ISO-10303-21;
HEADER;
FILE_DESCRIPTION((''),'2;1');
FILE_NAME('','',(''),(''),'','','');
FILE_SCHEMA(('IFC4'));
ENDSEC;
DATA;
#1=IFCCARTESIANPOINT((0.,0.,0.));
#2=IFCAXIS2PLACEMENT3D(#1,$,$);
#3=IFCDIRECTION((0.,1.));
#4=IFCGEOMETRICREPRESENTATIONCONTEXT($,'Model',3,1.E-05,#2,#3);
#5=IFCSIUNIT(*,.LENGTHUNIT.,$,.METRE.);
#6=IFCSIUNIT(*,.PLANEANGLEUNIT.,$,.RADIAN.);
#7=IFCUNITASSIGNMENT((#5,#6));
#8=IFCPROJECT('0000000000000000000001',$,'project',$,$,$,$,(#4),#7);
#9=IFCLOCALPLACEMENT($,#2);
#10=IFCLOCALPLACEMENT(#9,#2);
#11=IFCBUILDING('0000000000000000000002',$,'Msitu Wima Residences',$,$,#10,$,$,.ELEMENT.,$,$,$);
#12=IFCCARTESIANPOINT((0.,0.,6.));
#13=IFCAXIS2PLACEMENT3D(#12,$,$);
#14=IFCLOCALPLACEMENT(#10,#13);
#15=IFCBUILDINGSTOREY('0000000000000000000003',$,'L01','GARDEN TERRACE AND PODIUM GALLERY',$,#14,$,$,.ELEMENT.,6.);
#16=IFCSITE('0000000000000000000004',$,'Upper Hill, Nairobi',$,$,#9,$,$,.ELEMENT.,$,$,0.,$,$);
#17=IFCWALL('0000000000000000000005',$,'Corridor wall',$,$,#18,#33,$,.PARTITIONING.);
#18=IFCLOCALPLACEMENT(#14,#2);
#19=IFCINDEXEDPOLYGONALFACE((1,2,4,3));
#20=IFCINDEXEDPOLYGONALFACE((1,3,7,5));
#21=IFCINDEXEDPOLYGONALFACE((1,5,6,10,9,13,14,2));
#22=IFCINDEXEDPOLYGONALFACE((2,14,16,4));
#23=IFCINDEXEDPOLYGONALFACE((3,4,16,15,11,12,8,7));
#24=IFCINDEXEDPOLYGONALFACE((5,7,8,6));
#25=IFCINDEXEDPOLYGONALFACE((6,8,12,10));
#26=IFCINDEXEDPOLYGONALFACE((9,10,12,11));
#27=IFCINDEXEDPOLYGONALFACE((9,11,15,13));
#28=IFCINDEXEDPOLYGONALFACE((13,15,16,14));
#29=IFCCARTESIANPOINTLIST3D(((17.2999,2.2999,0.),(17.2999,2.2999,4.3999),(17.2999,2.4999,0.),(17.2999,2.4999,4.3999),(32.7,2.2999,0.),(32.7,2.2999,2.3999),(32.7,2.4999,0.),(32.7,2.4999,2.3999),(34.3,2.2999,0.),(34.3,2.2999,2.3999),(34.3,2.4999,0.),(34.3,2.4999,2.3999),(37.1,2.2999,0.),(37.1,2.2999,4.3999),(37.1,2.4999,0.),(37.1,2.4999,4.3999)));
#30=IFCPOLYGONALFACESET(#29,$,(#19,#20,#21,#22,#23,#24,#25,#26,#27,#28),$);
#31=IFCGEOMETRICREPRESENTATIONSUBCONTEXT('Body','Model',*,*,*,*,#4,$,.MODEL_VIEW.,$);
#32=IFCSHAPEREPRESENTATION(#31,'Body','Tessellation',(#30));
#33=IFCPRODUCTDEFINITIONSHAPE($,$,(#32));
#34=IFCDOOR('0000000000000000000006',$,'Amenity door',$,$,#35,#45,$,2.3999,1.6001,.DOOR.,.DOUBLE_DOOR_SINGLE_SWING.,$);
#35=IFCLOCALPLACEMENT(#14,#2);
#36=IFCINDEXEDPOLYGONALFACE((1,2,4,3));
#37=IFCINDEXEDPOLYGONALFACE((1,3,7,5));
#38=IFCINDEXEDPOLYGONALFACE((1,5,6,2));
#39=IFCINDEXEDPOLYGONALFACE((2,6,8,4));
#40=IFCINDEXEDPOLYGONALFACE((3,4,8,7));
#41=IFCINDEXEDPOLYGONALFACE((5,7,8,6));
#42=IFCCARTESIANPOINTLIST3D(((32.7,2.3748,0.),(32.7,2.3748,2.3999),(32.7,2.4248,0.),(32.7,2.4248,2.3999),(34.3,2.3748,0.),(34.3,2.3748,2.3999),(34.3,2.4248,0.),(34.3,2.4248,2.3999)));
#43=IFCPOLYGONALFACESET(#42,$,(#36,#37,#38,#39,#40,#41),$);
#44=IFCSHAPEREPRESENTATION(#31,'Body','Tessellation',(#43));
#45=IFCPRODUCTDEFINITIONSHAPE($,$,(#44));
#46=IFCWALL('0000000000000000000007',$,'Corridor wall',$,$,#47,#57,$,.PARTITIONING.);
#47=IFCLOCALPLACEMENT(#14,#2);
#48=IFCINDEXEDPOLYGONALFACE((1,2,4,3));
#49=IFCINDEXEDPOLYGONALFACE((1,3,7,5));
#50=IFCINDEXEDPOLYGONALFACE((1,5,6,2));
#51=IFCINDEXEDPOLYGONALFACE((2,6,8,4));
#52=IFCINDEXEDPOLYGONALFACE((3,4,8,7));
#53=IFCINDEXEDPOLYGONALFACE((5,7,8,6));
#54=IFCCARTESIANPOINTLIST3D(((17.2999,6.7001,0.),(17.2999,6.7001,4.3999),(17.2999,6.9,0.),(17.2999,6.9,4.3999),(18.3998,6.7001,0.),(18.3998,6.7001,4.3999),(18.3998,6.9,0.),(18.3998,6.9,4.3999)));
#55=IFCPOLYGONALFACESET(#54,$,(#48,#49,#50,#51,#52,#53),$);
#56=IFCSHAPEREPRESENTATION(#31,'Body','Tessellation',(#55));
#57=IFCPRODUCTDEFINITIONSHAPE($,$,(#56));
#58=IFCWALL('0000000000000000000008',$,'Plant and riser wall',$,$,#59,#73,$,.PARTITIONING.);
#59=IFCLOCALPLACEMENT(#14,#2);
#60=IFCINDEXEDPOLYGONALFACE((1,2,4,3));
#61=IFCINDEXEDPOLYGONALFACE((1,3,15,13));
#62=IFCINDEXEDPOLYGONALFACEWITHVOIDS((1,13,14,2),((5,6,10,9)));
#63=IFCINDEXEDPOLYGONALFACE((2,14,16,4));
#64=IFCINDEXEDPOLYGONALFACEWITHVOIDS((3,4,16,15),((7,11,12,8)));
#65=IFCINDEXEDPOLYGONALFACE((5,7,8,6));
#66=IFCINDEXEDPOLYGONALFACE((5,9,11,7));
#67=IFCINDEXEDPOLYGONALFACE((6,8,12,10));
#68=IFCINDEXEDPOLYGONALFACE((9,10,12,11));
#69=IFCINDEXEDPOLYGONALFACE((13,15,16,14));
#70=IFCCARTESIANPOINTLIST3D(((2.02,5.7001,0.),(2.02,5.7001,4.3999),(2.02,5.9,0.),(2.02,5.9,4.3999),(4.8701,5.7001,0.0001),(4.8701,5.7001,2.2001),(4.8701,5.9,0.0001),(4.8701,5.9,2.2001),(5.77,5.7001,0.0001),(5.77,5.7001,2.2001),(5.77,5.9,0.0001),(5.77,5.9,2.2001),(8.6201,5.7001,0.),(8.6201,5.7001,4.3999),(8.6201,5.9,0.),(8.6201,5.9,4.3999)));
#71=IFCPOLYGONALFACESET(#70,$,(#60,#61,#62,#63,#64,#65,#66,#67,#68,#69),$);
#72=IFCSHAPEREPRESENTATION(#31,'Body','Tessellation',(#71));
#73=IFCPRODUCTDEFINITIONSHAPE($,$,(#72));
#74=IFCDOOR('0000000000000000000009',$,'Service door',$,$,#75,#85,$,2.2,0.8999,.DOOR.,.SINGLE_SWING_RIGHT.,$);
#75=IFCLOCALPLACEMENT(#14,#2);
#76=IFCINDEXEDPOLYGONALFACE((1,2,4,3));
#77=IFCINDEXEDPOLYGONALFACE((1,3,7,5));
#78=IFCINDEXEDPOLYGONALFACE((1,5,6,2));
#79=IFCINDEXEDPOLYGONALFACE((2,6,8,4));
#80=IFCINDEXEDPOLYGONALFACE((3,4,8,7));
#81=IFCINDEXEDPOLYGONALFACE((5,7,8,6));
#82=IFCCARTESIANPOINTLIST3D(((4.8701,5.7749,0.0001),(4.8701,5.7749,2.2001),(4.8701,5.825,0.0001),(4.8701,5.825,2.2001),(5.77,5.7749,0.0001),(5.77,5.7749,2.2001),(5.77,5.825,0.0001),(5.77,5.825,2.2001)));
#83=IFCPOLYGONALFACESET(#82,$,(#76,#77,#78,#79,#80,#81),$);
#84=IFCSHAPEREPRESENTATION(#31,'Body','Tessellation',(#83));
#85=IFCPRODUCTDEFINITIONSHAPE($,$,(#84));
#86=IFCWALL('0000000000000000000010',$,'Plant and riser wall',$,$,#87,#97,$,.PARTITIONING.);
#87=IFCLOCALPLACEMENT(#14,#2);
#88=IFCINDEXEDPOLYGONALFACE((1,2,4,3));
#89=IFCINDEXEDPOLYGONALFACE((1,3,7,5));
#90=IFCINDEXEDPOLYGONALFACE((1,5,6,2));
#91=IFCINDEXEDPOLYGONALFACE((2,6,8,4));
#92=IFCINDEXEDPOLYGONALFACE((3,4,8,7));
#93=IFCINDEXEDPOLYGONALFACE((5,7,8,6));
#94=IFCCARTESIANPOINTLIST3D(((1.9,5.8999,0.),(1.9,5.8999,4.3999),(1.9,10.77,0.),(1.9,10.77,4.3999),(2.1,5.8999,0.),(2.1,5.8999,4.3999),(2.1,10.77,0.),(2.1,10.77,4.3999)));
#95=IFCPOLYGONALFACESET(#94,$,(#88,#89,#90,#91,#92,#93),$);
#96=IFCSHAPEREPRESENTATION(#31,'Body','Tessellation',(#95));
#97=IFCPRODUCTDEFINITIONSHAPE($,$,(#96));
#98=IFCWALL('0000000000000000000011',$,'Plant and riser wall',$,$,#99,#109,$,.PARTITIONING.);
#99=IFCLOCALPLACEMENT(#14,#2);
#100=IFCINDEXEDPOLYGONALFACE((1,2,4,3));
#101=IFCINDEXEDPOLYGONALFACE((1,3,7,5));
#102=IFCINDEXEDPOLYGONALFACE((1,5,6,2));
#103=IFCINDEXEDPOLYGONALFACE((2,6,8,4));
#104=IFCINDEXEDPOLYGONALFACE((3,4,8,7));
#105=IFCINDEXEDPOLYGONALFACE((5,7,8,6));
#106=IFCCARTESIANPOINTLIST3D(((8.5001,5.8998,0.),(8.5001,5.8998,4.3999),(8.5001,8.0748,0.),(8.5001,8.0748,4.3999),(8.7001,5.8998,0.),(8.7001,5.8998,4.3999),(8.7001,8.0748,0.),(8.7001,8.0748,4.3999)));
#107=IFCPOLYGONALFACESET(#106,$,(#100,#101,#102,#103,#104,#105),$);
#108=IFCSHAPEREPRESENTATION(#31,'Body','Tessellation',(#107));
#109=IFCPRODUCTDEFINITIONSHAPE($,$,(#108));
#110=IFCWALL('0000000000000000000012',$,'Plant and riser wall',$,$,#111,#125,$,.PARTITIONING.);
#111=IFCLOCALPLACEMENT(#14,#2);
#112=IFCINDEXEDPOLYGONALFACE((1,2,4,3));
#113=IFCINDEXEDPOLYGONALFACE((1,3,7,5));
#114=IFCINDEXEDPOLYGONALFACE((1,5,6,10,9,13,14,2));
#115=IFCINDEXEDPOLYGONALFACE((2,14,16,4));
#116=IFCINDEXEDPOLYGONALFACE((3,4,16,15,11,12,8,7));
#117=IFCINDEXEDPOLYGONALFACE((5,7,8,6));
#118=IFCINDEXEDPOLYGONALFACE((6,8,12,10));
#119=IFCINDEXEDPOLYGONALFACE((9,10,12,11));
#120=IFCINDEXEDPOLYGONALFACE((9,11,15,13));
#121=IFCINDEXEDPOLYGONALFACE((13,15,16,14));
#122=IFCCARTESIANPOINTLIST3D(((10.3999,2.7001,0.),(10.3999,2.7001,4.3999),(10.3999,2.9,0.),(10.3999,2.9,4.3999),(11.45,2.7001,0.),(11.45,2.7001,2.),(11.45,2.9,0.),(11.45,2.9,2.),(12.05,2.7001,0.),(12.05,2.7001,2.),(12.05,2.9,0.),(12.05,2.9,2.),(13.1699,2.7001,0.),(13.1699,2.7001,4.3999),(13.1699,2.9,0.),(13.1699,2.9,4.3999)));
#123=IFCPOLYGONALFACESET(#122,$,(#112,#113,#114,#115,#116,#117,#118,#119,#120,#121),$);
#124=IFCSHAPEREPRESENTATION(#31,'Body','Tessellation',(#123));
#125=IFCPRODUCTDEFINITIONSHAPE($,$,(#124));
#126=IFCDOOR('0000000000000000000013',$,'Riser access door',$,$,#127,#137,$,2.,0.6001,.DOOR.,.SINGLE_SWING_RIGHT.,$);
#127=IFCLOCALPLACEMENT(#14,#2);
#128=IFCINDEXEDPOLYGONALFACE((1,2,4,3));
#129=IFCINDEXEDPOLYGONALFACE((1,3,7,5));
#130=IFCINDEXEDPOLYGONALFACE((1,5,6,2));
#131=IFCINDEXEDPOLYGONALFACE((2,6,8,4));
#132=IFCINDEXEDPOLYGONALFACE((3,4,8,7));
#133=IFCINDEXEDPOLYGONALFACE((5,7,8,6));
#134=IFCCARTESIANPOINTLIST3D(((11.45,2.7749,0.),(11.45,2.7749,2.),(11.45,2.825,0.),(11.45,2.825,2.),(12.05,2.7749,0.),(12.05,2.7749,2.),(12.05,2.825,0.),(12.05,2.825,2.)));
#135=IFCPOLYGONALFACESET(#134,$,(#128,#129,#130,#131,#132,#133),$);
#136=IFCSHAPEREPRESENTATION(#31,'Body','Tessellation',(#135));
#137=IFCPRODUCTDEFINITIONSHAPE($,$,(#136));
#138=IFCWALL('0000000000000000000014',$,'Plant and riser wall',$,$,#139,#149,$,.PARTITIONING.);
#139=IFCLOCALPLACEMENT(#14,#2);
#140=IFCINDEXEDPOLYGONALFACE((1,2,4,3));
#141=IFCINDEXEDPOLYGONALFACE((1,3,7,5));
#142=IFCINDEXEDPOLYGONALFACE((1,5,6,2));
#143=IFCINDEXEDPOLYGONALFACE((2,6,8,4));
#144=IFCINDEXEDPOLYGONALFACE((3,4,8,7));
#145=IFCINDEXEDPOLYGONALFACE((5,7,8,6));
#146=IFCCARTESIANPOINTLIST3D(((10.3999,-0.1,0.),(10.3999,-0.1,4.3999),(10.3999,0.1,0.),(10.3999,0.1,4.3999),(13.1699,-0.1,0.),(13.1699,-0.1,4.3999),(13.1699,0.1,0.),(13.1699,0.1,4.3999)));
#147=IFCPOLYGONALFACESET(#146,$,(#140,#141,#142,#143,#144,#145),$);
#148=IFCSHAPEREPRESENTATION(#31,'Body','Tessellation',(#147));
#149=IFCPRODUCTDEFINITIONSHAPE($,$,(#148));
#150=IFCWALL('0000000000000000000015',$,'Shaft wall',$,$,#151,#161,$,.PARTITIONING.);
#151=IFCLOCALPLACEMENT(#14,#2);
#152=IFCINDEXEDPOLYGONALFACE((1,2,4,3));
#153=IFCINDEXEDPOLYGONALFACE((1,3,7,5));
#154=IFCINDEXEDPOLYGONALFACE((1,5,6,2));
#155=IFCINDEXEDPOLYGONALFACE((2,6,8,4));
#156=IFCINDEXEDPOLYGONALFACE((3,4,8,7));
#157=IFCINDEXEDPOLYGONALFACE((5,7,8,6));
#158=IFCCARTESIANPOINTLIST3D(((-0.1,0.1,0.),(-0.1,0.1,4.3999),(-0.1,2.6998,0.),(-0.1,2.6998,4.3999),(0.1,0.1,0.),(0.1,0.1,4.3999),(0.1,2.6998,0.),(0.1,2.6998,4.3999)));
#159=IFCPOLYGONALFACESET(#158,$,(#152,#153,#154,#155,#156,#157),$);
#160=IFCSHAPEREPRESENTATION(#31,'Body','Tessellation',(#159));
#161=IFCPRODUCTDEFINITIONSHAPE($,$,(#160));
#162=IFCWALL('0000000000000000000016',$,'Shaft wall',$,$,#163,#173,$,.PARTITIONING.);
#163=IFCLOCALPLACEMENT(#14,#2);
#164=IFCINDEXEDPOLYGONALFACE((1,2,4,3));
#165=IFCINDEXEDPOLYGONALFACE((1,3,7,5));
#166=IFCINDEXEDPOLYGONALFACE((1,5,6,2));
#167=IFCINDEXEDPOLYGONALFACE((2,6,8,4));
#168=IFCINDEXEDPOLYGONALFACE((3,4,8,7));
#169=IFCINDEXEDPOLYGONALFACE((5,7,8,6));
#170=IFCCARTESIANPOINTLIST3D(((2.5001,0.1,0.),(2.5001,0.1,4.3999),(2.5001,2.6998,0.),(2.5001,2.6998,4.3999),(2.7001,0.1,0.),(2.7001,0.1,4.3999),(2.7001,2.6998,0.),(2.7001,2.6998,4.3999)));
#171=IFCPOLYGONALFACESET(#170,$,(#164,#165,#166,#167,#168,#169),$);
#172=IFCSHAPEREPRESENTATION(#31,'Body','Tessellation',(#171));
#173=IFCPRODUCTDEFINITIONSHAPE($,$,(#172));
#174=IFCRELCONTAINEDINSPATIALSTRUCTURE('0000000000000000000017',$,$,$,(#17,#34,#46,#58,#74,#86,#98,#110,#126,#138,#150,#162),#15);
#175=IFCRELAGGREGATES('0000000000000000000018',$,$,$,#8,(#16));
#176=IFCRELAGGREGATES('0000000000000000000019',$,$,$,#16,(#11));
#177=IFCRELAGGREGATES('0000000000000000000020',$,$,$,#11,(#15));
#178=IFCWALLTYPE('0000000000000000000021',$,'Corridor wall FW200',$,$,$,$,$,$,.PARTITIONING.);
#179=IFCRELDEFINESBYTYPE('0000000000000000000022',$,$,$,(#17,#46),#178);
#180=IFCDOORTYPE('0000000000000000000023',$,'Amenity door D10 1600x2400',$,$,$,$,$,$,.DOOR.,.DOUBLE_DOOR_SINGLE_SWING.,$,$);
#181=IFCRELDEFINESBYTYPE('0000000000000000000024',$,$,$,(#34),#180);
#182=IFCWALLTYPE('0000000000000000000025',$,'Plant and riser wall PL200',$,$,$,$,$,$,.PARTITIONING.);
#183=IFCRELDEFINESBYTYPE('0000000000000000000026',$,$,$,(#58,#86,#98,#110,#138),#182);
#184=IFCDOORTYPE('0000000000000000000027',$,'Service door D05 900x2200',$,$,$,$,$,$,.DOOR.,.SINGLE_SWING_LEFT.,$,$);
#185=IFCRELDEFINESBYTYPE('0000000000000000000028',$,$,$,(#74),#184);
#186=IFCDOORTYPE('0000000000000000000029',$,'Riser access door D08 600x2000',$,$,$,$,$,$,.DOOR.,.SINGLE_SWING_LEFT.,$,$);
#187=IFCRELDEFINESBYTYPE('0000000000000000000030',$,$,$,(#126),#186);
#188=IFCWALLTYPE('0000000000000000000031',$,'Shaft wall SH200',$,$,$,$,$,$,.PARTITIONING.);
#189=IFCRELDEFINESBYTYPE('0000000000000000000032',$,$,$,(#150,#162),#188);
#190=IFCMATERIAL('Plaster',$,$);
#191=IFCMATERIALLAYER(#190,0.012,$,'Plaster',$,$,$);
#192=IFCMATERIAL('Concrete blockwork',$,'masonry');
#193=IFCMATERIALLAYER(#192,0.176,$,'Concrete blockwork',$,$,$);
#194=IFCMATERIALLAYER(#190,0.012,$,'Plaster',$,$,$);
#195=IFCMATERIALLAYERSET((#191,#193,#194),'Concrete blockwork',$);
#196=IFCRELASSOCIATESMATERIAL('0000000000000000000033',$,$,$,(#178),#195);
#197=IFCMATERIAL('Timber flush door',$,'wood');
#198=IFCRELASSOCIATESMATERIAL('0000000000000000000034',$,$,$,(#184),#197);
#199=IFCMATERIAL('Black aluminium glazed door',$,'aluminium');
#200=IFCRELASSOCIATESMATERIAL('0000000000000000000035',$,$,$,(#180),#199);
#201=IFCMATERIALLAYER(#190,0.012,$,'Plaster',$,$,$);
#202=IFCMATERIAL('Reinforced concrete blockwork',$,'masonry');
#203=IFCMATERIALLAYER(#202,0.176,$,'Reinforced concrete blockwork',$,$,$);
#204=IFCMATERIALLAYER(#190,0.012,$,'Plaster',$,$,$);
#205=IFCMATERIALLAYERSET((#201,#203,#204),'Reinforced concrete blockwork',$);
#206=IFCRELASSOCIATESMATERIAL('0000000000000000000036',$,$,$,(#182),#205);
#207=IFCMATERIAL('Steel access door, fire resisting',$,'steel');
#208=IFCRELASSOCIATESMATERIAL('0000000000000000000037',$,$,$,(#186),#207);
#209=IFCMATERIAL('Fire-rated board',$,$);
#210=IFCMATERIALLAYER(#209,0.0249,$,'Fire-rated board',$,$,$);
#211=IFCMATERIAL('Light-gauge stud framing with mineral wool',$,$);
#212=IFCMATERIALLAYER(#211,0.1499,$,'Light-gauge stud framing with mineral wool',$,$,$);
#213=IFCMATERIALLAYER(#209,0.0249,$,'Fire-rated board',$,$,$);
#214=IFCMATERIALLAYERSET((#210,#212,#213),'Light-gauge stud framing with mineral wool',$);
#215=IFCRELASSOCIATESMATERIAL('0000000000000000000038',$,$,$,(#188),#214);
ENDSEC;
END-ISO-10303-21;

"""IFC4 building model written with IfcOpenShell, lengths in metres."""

from ifc_helpers import new_model, si_unit, direction, frame, frame_2d, origin, place, context, subcontext, project, spatial, rectangle, extrude, material, layer, layer_set, type_object, element, fill, save


model = new_model("IFC4")

# Units and contexts
model_context = context("Model", 3, precision=1e-05, world=origin(), true_north=direction((0.0, 1.0)))
body_context = subcontext(model_context, "Body", "Model", "MODEL_VIEW")
ifc_project = project(units=[si_unit("LENGTHUNIT", "METRE"), si_unit("PLANEANGLEUNIT", "RADIAN")], contexts=[model_context])

# Site, building, storey
site_placement = place(None, origin())
site = spatial("IfcSite", under=ifc_project, at=site_placement, Name="Upper Hill, Nairobi", CompositionType="ELEMENT", RefElevation=0.0)
building_placement = place(site_placement, origin())
building = spatial("IfcBuilding", under=site, at=building_placement, Name="Msitu Wima Residences", CompositionType="ELEMENT")
storey_placement = place(building_placement, frame((0.0, 0.0, 6.0)))
storey = spatial("IfcBuildingStorey", under=building, at=storey_placement, Name="L01", Description="GARDEN TERRACE AND PODIUM GALLERY", CompositionType="ELEMENT", Elevation=6.0)

# Wall, opening, door
ifc_material_1 = material(Name="Plaster")
ifc_layer_1 = layer(ifc_material_1, 0.012, Name="Plaster")
ifc_material_2 = material(Name="Concrete blockwork", Category="masonry")
ifc_layer_2 = layer(ifc_material_2, 0.176, Name="Concrete blockwork")
ifc_layer_3 = layer(ifc_material_1, 0.012, Name="Plaster")
ifc_layer_set_1 = layer_set([ifc_layer_1, ifc_layer_2, ifc_layer_3], Name="Concrete blockwork")
wall_type_1 = type_object("IfcWallType", Name="Corridor wall FW200", PredefinedType="PARTITIONING", material=ifc_layer_set_1)
ifc_material_3 = material(Name="Timber flush door", Category="wood")
door_type_1 = type_object("IfcDoorType", Name="Service door D05 900x2200", OperationType="SINGLE_SWING_LEFT", PredefinedType="DOOR", material=ifc_material_3)
wall_1_placement = place(storey_placement, frame((17.3, 2.3999, 0.0), z_axis=(0.0, 0.0, 1.0), x_axis=(1.0, 0.0, 0.0)))
wall_1 = element("IfcWall", 1, at=wall_1_placement, inside=storey, type_object=wall_type_1, Name="Corridor wall", PredefinedType="PARTITIONING", context=body_context, shape_type="SweptSolid", body=[
    extrude(rectangle(XDim=19.8, YDim=0.2, at=frame_2d((9.8999, 0.0))), origin(), (0.0, 0.0, 1.0), 4.3999),
])
opening_1_placement = place(wall_1_placement, frame((15.3999, 0.0, 0.0)))
opening_1 = element("IfcOpeningElement", 2, at=opening_1_placement, cuts=wall_1, PredefinedType="OPENING", context=body_context, shape_type="SweptSolid", body=[
    extrude(rectangle(XDim=1.6001, YDim=2.3999, at=frame_2d((0.8, 1.2))), frame((0.0, 0.1099, 0.0), z_axis=(0.0, -1.0, 0.0), x_axis=(1.0, 0.0, 0.0)), (0.0, 0.0, 1.0), 0.22),
])
ifc_material_4 = material(Name="Black aluminium glazed door", Category="aluminium")
door_type_2 = type_object("IfcDoorType", Name="Amenity door D10 1600x2400", OperationType="DOUBLE_DOOR_SINGLE_SWING", PredefinedType="DOOR", material=ifc_material_4)
door_1_placement = place(opening_1_placement, origin())
door_1 = element("IfcDoor", 3, at=door_1_placement, inside=storey, type_object=door_type_2, Name="Amenity door", OperationType="DOUBLE_DOOR_SINGLE_SWING", OverallHeight=2.3999, OverallWidth=1.6001, PredefinedType="DOOR", context=body_context, shape_type="SweptSolid", body=[
    extrude(rectangle(XDim=1.6001, YDim=2.3999, at=frame_2d((0.8, 1.2))), frame((0.0, 0.0249, 0.0), z_axis=(0.0, -1.0, 0.0), x_axis=(1.0, 0.0, 0.0)), (0.0, 0.0, 1.0), 0.05),
])
fill(opening_1, door_1)

# Wall
wall_2_placement = place(storey_placement, frame((17.3, 6.8, 0.0), z_axis=(0.0, 0.0, 1.0), x_axis=(1.0, 0.0, 0.0)))
element("IfcWall", 4, at=wall_2_placement, inside=storey, type_object=wall_type_1, Name="Corridor wall", PredefinedType="PARTITIONING", context=body_context, shape_type="SweptSolid", body=[
    extrude(rectangle(XDim=1.0999, YDim=0.2, at=frame_2d((0.5498, 0.0))), origin(), (0.0, 0.0, 1.0), 4.3999),
])

# Wall, opening, door
ifc_layer_4 = layer(ifc_material_1, 0.012, Name="Plaster")
ifc_material_5 = material(Name="Reinforced concrete blockwork", Category="masonry")
ifc_layer_5 = layer(ifc_material_5, 0.176, Name="Reinforced concrete blockwork")
ifc_layer_6 = layer(ifc_material_1, 0.012, Name="Plaster")
ifc_layer_set_2 = layer_set([ifc_layer_4, ifc_layer_5, ifc_layer_6], Name="Reinforced concrete blockwork")
wall_type_2 = type_object("IfcWallType", Name="Plant and riser wall PL200", PredefinedType="PARTITIONING", material=ifc_layer_set_2)
wall_3_placement = place(storey_placement, frame((2.02, 5.8, 0.0), z_axis=(0.0, 0.0, 1.0), x_axis=(1.0, 0.0, 0.0)))
wall_3 = element("IfcWall", 5, at=wall_3_placement, inside=storey, type_object=wall_type_2, Name="Plant and riser wall", PredefinedType="PARTITIONING", context=body_context, shape_type="SweptSolid", body=[
    extrude(rectangle(XDim=6.6001, YDim=0.2, at=frame_2d((3.3, 0.0))), origin(), (0.0, 0.0, 1.0), 4.3999),
])
opening_2_placement = place(wall_3_placement, frame((2.8501, 0.0, 0.0)))
opening_2 = element("IfcOpeningElement", 6, at=opening_2_placement, cuts=wall_3, PredefinedType="OPENING", context=body_context, shape_type="SweptSolid", body=[
    extrude(rectangle(XDim=0.8999, YDim=2.2, at=frame_2d((0.45, 1.1001))), frame((0.0, 0.1099, 0.0), z_axis=(0.0, -1.0, 0.0), x_axis=(1.0, 0.0, 0.0)), (0.0, 0.0, 1.0), 0.22),
])
door_2_placement = place(opening_2_placement, origin())
door_2 = element("IfcDoor", 7, at=door_2_placement, inside=storey, type_object=door_type_1, Name="Service door", OperationType="SINGLE_SWING_RIGHT", OverallHeight=2.2, OverallWidth=0.8999, PredefinedType="DOOR", context=body_context, shape_type="SweptSolid", body=[
    extrude(rectangle(XDim=0.8999, YDim=2.2, at=frame_2d((0.45, 1.1001))), frame((0.0, 0.0249, 0.0), z_axis=(0.0, -1.0, 0.0), x_axis=(1.0, 0.0, 0.0)), (0.0, 0.0, 1.0), 0.05),
])
fill(opening_2, door_2)

# Walls
wall_4_placement = place(storey_placement, frame((2.0, 5.8999, 0.0), z_axis=(0.0, 0.0, 1.0), x_axis=(0.0, 1.0, 0.0)))
element("IfcWall", 8, at=wall_4_placement, inside=storey, type_object=wall_type_2, Name="Plant and riser wall", PredefinedType="PARTITIONING", context=body_context, shape_type="SweptSolid", body=[
    extrude(rectangle(XDim=4.8701, YDim=0.2, at=frame_2d((2.4351, 0.0))), origin(), (0.0, 0.0, 1.0), 4.3999),
])
wall_5_placement = place(storey_placement, frame((8.6001, 5.8999, 0.0), z_axis=(0.0, 0.0, 1.0), x_axis=(0.0, 1.0, 0.0)))
element("IfcWall", 9, at=wall_5_placement, inside=storey, type_object=wall_type_2, Name="Plant and riser wall", PredefinedType="PARTITIONING", context=body_context, shape_type="SweptSolid", body=[
    extrude(rectangle(XDim=2.175, YDim=0.2, at=frame_2d((1.0874, 0.0))), origin(), (0.0, 0.0, 1.0), 4.3999),
])

# Wall, opening, door
wall_6_placement = place(storey_placement, frame((10.3999, 2.8, 0.0), z_axis=(0.0, 0.0, 1.0), x_axis=(1.0, 0.0, 0.0)))
wall_6 = element("IfcWall", 10, at=wall_6_placement, inside=storey, type_object=wall_type_2, Name="Plant and riser wall", PredefinedType="PARTITIONING", context=body_context, shape_type="SweptSolid", body=[
    extrude(rectangle(XDim=2.77, YDim=0.2, at=frame_2d((1.385, 0.0))), origin(), (0.0, 0.0, 1.0), 4.3999),
])
opening_3_placement = place(wall_6_placement, frame((1.05, 0.0, 0.0)))
opening_3 = element("IfcOpeningElement", 11, at=opening_3_placement, cuts=wall_6, PredefinedType="OPENING", context=body_context, shape_type="SweptSolid", body=[
    extrude(rectangle(XDim=0.6001, YDim=2.0, at=frame_2d((0.3, 1.0))), frame((0.0, 0.1099, 0.0), z_axis=(0.0, -1.0, 0.0), x_axis=(1.0, 0.0, 0.0)), (0.0, 0.0, 1.0), 0.22),
])
ifc_material_6 = material(Name="Steel access door, fire resisting", Category="steel")
door_type_3 = type_object("IfcDoorType", Name="Riser access door D08 600x2000", OperationType="SINGLE_SWING_LEFT", PredefinedType="DOOR", material=ifc_material_6)
door_3_placement = place(opening_3_placement, origin())
door_3 = element("IfcDoor", 12, at=door_3_placement, inside=storey, type_object=door_type_3, Name="Riser access door", OperationType="SINGLE_SWING_RIGHT", OverallHeight=2.0, OverallWidth=0.6001, PredefinedType="DOOR", context=body_context, shape_type="SweptSolid", body=[
    extrude(rectangle(XDim=0.6001, YDim=2.0, at=frame_2d((0.3, 1.0))), frame((0.0, 0.0249, 0.0), z_axis=(0.0, -1.0, 0.0), x_axis=(1.0, 0.0, 0.0)), (0.0, 0.0, 1.0), 0.05),
])
fill(opening_3, door_3)

# Walls
wall_7_placement = place(storey_placement, frame((10.3999, 0.0, 0.0), z_axis=(0.0, 0.0, 1.0), x_axis=(1.0, 0.0, 0.0)))
element("IfcWall", 13, at=wall_7_placement, inside=storey, type_object=wall_type_2, Name="Plant and riser wall", PredefinedType="PARTITIONING", context=body_context, shape_type="SweptSolid", body=[
    extrude(rectangle(XDim=2.77, YDim=0.2, at=frame_2d((1.385, 0.0))), origin(), (0.0, 0.0, 1.0), 4.3999),
])
ifc_material_7 = material(Name="Fire-rated board")
ifc_layer_7 = layer(ifc_material_7, 0.0249, Name="Fire-rated board")
ifc_material_8 = material(Name="Light-gauge stud framing with mineral wool")
ifc_layer_8 = layer(ifc_material_8, 0.1499, Name="Light-gauge stud framing with mineral wool")
ifc_layer_9 = layer(ifc_material_7, 0.0249, Name="Fire-rated board")
ifc_layer_set_3 = layer_set([ifc_layer_7, ifc_layer_8, ifc_layer_9], Name="Light-gauge stud framing with mineral wool")
wall_type_3 = type_object("IfcWallType", Name="Shaft wall SH200", PredefinedType="PARTITIONING", material=ifc_layer_set_3)
for number, where, z_axis, x_axis, name in (
    (14, (0.0, 0.1001, 0.0), (0.0, 0.0, 1.0), (0.0, 1.0, 0.0), "Shaft wall"),
    (15, (2.6001, 0.1001, 0.0), (0.0, 0.0, 1.0), (0.0, 1.0, 0.0), "Shaft wall"),
):
    element("IfcWall", number, at=place(storey_placement, frame(where, z_axis=z_axis, x_axis=x_axis)), inside=storey, type_object=wall_type_3, Name=name, PredefinedType="PARTITIONING", context=body_context, shape_type="SweptSolid", body=[
        extrude(rectangle(XDim=2.5999, YDim=0.2, at=frame_2d((1.2998, 0.0))), origin(), (0.0, 0.0, 1.0), 4.3999),
    ])

save(model, "model.ifc")
